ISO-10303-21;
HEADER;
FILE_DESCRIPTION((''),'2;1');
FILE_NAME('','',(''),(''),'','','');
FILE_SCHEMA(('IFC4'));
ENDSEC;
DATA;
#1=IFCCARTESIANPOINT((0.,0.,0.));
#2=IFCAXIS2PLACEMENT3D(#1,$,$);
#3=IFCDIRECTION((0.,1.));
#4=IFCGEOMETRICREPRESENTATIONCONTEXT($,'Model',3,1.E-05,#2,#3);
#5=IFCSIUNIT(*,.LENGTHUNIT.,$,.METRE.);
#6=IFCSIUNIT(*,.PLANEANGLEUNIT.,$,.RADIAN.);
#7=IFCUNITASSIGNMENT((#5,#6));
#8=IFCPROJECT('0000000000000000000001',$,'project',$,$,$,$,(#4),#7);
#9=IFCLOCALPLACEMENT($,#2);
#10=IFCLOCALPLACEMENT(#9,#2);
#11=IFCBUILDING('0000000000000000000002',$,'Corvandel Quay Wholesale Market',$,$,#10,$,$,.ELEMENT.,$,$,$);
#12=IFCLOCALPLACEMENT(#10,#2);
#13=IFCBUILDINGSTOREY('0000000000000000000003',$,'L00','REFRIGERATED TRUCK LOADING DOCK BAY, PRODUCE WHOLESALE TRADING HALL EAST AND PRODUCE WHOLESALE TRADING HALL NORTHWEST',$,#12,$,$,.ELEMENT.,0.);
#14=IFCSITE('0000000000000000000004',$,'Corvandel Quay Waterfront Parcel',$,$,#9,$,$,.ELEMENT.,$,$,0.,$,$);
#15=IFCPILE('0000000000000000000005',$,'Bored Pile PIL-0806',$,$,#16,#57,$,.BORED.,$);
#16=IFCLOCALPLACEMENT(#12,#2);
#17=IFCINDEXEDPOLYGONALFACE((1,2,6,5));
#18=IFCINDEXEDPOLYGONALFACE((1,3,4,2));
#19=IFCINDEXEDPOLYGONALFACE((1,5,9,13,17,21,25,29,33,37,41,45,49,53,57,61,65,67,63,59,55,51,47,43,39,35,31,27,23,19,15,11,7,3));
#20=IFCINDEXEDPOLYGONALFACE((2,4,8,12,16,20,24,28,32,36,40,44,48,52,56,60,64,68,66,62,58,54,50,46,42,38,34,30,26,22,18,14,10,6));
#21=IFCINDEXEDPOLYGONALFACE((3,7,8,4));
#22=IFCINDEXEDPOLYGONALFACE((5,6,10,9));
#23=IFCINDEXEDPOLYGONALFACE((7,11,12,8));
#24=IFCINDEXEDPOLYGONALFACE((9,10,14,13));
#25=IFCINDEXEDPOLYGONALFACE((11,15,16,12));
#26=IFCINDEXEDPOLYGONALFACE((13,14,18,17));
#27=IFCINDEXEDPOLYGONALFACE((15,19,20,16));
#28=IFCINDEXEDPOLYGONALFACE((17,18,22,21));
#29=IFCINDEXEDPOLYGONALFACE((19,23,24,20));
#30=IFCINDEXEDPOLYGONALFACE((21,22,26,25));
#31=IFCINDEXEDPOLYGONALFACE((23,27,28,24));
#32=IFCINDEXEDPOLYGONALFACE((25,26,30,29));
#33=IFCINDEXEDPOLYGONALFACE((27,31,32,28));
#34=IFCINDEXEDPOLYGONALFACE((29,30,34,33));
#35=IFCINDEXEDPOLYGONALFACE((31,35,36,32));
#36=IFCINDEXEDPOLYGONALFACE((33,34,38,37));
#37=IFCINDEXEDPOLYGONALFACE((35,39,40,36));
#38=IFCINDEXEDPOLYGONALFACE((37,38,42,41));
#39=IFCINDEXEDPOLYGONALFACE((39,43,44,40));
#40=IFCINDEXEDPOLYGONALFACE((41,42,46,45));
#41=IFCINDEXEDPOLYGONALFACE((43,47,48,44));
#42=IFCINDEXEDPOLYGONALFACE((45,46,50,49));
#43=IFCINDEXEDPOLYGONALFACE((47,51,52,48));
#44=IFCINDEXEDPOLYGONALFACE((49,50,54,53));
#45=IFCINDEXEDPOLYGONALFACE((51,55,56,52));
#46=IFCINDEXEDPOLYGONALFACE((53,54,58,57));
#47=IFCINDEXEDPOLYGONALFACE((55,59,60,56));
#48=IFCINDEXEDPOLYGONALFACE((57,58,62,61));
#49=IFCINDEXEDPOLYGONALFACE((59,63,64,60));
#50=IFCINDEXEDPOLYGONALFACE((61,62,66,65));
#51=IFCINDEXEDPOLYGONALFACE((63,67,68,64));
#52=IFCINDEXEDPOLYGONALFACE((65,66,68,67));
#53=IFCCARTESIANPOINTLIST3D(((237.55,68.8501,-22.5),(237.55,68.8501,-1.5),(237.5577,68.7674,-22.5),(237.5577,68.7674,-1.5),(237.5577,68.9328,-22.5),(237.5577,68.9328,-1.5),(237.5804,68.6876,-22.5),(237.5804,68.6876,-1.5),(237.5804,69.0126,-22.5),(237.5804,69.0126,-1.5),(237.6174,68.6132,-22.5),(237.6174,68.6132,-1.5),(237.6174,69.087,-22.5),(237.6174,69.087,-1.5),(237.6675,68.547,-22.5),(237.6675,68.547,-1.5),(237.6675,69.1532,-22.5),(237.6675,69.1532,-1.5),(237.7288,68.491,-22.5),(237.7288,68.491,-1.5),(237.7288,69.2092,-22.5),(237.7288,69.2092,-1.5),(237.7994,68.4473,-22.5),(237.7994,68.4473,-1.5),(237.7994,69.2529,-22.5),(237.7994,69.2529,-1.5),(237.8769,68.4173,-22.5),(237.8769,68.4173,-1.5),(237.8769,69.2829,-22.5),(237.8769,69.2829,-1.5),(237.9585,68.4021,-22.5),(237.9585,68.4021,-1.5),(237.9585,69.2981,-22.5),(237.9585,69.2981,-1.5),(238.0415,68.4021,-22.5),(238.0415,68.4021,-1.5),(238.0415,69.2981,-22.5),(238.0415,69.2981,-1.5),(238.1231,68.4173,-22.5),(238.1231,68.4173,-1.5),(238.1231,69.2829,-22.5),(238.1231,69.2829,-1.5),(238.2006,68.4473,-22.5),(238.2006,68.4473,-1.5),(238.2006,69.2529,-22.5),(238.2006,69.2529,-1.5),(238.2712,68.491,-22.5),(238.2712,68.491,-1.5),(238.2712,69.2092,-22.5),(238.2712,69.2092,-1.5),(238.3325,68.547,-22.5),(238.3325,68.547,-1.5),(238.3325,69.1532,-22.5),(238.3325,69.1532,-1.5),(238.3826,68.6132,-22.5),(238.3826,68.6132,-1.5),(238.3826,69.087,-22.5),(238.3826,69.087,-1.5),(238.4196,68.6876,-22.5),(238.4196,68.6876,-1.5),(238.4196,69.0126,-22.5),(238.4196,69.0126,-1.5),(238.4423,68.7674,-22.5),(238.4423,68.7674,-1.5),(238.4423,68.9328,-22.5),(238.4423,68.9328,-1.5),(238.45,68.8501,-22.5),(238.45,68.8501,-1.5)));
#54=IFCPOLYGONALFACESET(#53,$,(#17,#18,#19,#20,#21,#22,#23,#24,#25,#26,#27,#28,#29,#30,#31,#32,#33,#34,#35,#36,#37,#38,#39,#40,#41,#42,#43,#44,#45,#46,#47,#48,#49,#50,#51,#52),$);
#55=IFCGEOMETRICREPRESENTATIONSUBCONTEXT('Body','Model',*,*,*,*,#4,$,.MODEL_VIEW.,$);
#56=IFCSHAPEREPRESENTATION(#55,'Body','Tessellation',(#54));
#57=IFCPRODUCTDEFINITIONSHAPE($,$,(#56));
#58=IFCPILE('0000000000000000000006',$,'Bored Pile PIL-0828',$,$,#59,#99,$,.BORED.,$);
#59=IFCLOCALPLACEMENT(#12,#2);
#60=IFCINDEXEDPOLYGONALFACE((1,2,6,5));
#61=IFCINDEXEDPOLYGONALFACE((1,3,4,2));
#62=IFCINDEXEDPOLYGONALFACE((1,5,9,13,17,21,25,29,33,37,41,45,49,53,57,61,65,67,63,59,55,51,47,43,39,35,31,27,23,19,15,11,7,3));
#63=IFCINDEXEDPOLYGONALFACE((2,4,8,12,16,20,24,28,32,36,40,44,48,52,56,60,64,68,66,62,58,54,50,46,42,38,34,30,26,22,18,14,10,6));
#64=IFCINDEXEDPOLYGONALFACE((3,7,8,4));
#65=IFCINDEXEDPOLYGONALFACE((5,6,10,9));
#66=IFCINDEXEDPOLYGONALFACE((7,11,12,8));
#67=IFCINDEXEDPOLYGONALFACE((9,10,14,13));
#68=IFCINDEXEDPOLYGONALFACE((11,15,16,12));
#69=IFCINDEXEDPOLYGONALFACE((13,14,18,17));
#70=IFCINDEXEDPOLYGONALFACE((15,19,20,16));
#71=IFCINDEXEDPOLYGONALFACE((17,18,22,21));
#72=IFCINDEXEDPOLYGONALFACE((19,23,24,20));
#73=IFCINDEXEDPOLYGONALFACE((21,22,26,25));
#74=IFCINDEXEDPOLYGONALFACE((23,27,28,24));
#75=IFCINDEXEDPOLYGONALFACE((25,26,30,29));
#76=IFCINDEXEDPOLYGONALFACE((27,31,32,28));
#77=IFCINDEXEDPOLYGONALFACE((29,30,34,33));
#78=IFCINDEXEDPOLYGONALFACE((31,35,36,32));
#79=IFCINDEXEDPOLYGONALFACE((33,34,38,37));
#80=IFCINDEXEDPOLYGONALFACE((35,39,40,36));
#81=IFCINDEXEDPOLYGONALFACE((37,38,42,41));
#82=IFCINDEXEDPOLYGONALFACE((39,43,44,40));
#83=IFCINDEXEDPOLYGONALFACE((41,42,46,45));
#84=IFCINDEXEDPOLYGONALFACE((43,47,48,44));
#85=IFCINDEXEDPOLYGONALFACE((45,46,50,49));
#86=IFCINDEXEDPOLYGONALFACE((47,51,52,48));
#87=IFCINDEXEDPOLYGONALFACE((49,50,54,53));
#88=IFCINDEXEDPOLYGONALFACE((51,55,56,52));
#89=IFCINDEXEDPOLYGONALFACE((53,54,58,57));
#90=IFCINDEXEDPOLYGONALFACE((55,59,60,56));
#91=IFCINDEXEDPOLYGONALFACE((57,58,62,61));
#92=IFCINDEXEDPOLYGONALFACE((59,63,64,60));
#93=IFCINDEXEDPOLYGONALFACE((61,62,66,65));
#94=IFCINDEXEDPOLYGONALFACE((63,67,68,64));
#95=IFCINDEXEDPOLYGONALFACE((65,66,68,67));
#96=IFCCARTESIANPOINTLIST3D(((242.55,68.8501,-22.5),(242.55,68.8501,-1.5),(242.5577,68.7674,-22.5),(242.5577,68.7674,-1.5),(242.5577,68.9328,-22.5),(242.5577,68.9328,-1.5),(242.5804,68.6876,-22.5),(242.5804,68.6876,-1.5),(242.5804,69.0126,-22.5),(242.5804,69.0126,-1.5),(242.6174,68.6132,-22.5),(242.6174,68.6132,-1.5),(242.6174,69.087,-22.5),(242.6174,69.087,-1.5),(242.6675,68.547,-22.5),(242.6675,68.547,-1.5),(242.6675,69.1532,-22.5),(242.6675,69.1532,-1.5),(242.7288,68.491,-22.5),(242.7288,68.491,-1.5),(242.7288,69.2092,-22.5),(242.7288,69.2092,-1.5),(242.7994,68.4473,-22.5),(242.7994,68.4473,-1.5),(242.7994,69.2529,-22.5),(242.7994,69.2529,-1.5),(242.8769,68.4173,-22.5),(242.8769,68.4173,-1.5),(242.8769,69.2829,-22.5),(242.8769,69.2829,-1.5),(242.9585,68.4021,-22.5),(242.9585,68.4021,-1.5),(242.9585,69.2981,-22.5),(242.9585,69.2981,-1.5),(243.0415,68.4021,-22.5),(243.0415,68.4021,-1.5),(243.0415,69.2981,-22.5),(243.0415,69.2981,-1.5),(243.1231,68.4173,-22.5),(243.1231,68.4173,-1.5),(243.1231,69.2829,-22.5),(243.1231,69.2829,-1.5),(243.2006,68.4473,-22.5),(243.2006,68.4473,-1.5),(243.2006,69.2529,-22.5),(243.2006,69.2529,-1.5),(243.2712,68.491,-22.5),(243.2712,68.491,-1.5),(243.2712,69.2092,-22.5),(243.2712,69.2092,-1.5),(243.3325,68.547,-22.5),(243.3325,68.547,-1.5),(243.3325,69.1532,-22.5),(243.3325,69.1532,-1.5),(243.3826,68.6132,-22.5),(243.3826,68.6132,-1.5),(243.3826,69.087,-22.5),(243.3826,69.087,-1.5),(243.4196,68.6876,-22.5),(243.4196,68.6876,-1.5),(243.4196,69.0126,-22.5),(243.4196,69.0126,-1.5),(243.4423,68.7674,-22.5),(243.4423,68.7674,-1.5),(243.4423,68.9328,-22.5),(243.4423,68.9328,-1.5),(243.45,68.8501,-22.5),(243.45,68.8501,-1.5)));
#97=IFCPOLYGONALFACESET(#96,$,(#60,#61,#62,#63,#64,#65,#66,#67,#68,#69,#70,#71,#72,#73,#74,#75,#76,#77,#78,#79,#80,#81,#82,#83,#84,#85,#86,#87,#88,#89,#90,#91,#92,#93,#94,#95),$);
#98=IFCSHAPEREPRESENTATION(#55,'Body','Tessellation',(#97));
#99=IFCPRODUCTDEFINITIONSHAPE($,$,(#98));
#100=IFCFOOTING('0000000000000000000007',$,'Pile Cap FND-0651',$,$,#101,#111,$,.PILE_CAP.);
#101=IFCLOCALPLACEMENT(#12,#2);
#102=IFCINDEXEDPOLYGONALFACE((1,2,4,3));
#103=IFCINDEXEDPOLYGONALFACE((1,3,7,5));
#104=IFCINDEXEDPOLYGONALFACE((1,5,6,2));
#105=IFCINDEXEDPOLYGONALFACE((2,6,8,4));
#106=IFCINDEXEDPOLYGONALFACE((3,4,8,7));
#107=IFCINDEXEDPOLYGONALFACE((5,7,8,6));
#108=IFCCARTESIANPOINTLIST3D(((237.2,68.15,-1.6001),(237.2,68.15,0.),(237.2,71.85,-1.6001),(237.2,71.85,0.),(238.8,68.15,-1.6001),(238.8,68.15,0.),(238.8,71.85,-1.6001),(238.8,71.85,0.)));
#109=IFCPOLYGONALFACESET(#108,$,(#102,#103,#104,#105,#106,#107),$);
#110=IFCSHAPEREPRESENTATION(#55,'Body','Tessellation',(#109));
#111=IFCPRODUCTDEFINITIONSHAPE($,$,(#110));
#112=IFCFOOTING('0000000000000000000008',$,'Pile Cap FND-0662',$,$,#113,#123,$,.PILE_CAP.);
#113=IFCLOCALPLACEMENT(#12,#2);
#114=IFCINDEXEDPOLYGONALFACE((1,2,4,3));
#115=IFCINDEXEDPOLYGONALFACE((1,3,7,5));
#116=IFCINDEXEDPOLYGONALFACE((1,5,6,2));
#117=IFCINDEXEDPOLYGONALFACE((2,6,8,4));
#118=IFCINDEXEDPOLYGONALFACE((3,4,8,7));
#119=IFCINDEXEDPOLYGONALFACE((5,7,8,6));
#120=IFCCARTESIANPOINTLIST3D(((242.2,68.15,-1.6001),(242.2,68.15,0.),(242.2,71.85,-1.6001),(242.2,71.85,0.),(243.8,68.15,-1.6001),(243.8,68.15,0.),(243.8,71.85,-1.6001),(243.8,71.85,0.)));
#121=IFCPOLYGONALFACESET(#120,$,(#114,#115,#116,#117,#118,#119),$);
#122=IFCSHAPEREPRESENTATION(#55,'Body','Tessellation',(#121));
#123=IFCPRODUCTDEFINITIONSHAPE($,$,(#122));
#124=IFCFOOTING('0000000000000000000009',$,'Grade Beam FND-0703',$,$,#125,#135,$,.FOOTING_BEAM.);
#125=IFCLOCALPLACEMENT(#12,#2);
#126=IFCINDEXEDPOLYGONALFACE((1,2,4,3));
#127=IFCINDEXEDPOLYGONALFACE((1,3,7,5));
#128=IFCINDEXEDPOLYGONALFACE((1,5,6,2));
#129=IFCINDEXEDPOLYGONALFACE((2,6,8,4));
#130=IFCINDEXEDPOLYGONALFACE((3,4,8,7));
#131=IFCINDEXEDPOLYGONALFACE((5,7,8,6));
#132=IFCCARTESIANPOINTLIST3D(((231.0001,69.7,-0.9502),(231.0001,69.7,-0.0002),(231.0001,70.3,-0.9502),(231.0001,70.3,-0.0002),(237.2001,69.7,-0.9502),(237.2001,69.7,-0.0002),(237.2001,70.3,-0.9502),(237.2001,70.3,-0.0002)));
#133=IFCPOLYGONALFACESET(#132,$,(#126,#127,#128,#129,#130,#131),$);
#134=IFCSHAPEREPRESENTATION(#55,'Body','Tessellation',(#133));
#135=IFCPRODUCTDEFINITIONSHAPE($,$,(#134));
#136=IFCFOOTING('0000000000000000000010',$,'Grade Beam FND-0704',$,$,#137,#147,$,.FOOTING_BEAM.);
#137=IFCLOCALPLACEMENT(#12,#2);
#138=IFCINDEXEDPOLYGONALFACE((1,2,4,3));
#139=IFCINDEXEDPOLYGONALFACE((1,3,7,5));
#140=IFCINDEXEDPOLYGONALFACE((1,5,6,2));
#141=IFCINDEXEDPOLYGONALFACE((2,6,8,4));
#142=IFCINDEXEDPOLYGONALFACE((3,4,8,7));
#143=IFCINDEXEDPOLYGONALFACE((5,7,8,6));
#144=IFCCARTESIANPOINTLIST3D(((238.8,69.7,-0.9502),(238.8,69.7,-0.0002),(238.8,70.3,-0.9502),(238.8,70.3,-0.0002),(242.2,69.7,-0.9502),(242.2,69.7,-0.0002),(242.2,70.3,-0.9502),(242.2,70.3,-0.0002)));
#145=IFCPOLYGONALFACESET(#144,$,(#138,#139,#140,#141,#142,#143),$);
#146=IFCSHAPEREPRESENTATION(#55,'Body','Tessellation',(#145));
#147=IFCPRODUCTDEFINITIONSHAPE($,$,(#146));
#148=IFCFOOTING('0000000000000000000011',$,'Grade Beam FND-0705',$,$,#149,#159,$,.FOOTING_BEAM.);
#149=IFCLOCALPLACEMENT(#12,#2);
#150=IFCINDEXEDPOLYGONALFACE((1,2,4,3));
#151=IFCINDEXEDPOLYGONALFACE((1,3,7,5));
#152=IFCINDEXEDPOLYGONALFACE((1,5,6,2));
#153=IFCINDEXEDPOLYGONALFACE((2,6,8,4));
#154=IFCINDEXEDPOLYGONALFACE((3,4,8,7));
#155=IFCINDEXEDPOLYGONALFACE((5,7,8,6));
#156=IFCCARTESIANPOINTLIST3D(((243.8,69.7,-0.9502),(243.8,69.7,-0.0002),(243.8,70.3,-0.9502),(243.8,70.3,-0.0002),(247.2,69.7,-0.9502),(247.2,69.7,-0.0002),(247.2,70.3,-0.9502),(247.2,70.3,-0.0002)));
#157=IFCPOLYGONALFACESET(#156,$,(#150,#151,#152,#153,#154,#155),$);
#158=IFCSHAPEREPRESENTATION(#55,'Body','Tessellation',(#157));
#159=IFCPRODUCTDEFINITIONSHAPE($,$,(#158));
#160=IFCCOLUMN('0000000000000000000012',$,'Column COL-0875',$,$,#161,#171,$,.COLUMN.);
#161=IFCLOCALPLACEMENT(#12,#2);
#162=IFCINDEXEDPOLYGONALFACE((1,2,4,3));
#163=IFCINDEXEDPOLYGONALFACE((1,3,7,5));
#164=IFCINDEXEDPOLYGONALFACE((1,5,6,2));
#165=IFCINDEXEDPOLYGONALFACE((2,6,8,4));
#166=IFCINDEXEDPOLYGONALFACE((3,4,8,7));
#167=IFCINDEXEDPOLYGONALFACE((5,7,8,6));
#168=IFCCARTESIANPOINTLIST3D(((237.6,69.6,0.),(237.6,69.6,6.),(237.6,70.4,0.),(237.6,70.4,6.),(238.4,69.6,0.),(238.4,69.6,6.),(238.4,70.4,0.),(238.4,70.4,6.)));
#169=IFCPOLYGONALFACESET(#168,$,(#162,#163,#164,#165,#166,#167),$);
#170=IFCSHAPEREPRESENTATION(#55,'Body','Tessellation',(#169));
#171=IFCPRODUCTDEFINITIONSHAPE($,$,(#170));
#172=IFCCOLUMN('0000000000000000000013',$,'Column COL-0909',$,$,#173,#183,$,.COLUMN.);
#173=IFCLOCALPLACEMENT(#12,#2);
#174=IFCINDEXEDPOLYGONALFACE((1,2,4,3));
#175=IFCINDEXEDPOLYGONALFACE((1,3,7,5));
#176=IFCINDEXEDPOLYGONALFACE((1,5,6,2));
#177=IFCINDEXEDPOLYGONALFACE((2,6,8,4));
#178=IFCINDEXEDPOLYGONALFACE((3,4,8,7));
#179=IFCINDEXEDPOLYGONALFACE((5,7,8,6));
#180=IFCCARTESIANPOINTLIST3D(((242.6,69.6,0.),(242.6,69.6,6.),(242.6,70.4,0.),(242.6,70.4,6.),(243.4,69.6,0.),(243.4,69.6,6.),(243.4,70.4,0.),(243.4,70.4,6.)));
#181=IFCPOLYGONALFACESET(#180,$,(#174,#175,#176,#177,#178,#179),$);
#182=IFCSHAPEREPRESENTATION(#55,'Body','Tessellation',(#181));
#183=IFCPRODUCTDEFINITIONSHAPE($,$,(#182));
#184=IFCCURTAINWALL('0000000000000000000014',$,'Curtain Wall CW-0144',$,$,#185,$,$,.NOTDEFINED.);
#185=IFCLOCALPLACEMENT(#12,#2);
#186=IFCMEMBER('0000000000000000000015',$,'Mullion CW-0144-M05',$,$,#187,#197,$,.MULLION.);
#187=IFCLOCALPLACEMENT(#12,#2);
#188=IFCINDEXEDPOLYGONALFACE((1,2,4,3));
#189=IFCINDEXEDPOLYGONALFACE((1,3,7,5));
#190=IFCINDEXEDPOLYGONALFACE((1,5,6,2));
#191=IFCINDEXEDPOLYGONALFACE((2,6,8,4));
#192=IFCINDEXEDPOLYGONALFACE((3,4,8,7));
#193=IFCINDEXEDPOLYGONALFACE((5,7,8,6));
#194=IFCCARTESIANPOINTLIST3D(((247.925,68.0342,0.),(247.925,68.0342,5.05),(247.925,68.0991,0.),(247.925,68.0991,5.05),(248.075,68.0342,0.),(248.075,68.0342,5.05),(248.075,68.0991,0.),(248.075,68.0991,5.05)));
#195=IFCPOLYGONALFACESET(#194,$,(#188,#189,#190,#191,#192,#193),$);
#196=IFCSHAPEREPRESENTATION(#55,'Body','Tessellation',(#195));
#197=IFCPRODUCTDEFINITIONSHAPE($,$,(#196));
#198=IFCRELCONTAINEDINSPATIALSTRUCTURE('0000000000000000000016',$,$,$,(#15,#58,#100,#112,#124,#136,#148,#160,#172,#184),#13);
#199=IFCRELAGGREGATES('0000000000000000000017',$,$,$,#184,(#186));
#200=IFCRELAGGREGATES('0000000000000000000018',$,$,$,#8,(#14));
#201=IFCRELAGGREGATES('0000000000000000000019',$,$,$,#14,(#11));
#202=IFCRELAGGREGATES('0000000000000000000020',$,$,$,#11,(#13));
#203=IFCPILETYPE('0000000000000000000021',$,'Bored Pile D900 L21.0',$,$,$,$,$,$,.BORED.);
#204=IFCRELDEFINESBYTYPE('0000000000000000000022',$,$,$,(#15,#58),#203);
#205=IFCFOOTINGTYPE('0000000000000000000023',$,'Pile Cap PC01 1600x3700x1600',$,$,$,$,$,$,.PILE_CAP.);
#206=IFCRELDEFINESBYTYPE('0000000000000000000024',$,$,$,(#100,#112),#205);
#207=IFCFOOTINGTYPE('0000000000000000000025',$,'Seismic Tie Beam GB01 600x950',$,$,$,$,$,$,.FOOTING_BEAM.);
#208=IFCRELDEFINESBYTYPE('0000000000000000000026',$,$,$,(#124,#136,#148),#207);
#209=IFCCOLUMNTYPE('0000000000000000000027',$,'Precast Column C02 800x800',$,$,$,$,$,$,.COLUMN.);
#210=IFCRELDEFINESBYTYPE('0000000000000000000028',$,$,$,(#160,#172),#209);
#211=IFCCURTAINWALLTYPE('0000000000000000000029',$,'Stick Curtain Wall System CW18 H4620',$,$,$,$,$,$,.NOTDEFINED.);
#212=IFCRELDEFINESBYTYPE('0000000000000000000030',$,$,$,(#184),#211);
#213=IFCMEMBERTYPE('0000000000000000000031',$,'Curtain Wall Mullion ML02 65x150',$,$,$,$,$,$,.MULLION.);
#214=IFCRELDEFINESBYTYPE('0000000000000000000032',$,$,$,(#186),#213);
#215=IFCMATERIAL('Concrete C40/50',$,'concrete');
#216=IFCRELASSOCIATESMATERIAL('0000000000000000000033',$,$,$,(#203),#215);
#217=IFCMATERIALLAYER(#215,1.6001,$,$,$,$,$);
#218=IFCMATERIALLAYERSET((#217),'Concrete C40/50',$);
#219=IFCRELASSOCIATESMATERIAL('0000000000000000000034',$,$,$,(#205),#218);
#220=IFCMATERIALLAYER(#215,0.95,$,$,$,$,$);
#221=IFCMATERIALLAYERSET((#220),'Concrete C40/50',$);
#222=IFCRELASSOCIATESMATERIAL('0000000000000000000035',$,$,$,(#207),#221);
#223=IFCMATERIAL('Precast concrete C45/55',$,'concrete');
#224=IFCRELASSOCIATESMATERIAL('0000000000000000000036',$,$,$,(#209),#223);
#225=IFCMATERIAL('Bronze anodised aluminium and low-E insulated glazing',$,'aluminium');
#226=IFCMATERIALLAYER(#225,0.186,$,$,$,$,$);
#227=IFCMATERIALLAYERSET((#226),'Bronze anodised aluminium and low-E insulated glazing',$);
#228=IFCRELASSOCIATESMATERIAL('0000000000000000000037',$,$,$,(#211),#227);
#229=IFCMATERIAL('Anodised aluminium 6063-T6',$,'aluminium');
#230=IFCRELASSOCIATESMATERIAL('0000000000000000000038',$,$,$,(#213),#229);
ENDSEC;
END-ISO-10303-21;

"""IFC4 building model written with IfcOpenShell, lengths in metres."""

from ifc_helpers import new_model, si_unit, direction, frame, origin, origin_2d, place, context, subcontext, project, spatial, rectangle, circle, extrude, material, layer, layer_set, material_profile, profile_set, type_object, element, aggregate, save


model = new_model("IFC4")

# Units and contexts
model_context = context("Model", 3, precision=1e-05, world=origin(), true_north=direction((0.0, 1.0)))
body_context = subcontext(model_context, "Body", "Model", "MODEL_VIEW")
ifc_project = project(units=[si_unit("LENGTHUNIT", "METRE"), si_unit("PLANEANGLEUNIT", "RADIAN")], contexts=[model_context])

# Site, building, storey
site_placement = place(None, origin())
site = spatial("IfcSite", under=ifc_project, at=site_placement, Name="Corvandel Quay Waterfront Parcel", CompositionType="ELEMENT", RefElevation=0.0)
building_placement = place(site_placement, origin())
building = spatial("IfcBuilding", under=site, at=building_placement, Name="Corvandel Quay Wholesale Market", CompositionType="ELEMENT")
storey_placement = place(building_placement, origin())
storey = spatial("IfcBuildingStorey", under=building, at=storey_placement, Name="L00", Description="REFRIGERATED TRUCK LOADING DOCK BAY, PRODUCE WHOLESALE TRADING HALL EAST AND PRODUCE WHOLESALE TRADING HALL NORTHWEST", CompositionType="ELEMENT", Elevation=0.0)

# Piles
ifc_material_1 = material(Name="Concrete C40/50", Category="concrete")
ifc_material_profile_1 = material_profile(ifc_material_1, circle(Radius=0.45, at=origin_2d()), Name="RC-PILE-D900")
ifc_profile_set_1 = profile_set([ifc_material_profile_1], Name="Concrete C40/50")
pile_type = type_object("IfcPileType", Name="Bored Pile D900 L21.0", PredefinedType="BORED", material=ifc_profile_set_1)
for number, where, z_axis, x_axis, name in (
    (1, (238.0, 68.8501, -1.5), (0.0, 0.0, -1.0), (1.0, 0.0, 0.0), "Bored Pile PIL-0806"),
    (2, (243.0, 68.8501, -1.5), (0.0, 0.0, -1.0), (1.0, 0.0, 0.0), "Bored Pile PIL-0828"),
):
    element("IfcPile", number, at=place(storey_placement, frame(where, z_axis=z_axis, x_axis=x_axis)), inside=storey, type_object=pile_type, Name=name, PredefinedType="BORED", context=body_context, shape_type="SweptSolid", body=[
        extrude(circle(Radius=0.45, at=origin_2d()), origin(), (0.0, 0.0, 1.0), 21.0),
    ])

# Footings
ifc_layer_1 = layer(ifc_material_1, 1.6001)
ifc_layer_set_1 = layer_set([ifc_layer_1], Name="Concrete C40/50")
footing_type_1 = type_object("IfcFootingType", Name="Pile Cap PC01 1600x3700x1600", PredefinedType="PILE_CAP", material=ifc_layer_set_1)
for number, where, z_axis, x_axis, name in (
    (3, (238.0, 70.0, -1.6001), (0.0, 0.0, 1.0), (1.0, 0.0, 0.0), "Pile Cap FND-0651"),
    (4, (243.0, 70.0, -1.6001), (0.0, 0.0, 1.0), (1.0, 0.0, 0.0), "Pile Cap FND-0662"),
):
    element("IfcFooting", number, at=place(storey_placement, frame(where, z_axis=z_axis, x_axis=x_axis)), inside=storey, type_object=footing_type_1, Name=name, PredefinedType="PILE_CAP", context=body_context, shape_type="SweptSolid", body=[
        extrude(rectangle(XDim=1.6001, YDim=3.7, at=origin_2d()), origin(), (0.0, 0.0, 1.0), 1.6001),
    ])
ifc_layer_2 = layer(ifc_material_1, 0.95)
ifc_layer_set_2 = layer_set([ifc_layer_2], Name="Concrete C40/50")
footing_type_2 = type_object("IfcFootingType", Name="Seismic Tie Beam GB01 600x950", PredefinedType="FOOTING_BEAM", material=ifc_layer_set_2)
footing_placement = place(storey_placement, frame((234.1001, 70.0, -0.9502), z_axis=(0.0, 0.0, 1.0), x_axis=(1.0, 0.0, 0.0)))
element("IfcFooting", 5, at=footing_placement, inside=storey, type_object=footing_type_2, Name="Grade Beam FND-0703", PredefinedType="FOOTING_BEAM", context=body_context, shape_type="SweptSolid", body=[
    extrude(rectangle(XDim=6.2, YDim=0.6001, at=origin_2d()), origin(), (0.0, 0.0, 1.0), 0.95),
])
for number, where, z_axis, x_axis, name in (
    (6, (240.5, 70.0, -0.9502), (0.0, 0.0, 1.0), (1.0, 0.0, 0.0), "Grade Beam FND-0704"),
    (7, (245.5, 70.0, -0.9502), (0.0, 0.0, 1.0), (1.0, 0.0, 0.0), "Grade Beam FND-0705"),
):
    element("IfcFooting", number, at=place(storey_placement, frame(where, z_axis=z_axis, x_axis=x_axis)), inside=storey, type_object=footing_type_2, Name=name, PredefinedType="FOOTING_BEAM", context=body_context, shape_type="SweptSolid", body=[
        extrude(rectangle(XDim=3.3999, YDim=0.6001, at=origin_2d()), origin(), (0.0, 0.0, 1.0), 0.95),
    ])

# Columns
ifc_material_2 = material(Name="Precast concrete C45/55", Category="concrete")
ifc_material_profile_2 = material_profile(ifc_material_2, rectangle(XDim=0.8, YDim=0.8, at=origin_2d()), Name="PC-COL-800x800")
ifc_profile_set_2 = profile_set([ifc_material_profile_2], Name="Precast concrete C45/55")
column_type = type_object("IfcColumnType", Name="Precast Column C02 800x800", PredefinedType="COLUMN", material=ifc_profile_set_2)
for number, where, z_axis, x_axis, name in (
    (8, (238.0, 70.0, 0.0), (0.0, 0.0, 1.0), (1.0, 0.0, 0.0), "Column COL-0875"),
    (9, (243.0, 70.0, 0.0), (0.0, 0.0, 1.0), (1.0, 0.0, 0.0), "Column COL-0909"),
):
    element("IfcColumn", number, at=place(storey_placement, frame(where, z_axis=z_axis, x_axis=x_axis)), inside=storey, type_object=column_type, Name=name, PredefinedType="COLUMN", context=body_context, shape_type="SweptSolid", body=[
        extrude(rectangle(XDim=0.8, YDim=0.8, at=origin_2d()), origin(), (0.0, 0.0, 1.0), 6.0),
    ])

# Curtain wall, member
ifc_material_3 = material(Name="Bronze anodised aluminium and low-E insulated glazing", Category="aluminium")
ifc_layer_3 = layer(ifc_material_3, 0.186)
ifc_layer_set_3 = layer_set([ifc_layer_3], Name="Bronze anodised aluminium and low-E insulated glazing")
curtain_wall_type = type_object("IfcCurtainWallType", Name="Stick Curtain Wall System CW18 H4620", PredefinedType="NOTDEFINED", material=ifc_layer_set_3)
curtain_wall_placement = place(storey_placement, origin())
curtain_wall = element("IfcCurtainWall", 10, at=curtain_wall_placement, inside=storey, type_object=curtain_wall_type, Name="Curtain Wall CW-0144", PredefinedType="NOTDEFINED")
ifc_material_4 = material(Name="Anodised aluminium 6063-T6", Category="aluminium")
ifc_material_profile_3 = material_profile(ifc_material_4, rectangle(XDim=0.0649, YDim=0.1499, at=origin_2d()), Name="ALU-MUL-65x150")
ifc_profile_set_3 = profile_set([ifc_material_profile_3], Name="Anodised aluminium 6063-T6")
member_type_1 = type_object("IfcMemberType", Name="Curtain Wall Mullion ML02 65x150", PredefinedType="MULLION", material=ifc_profile_set_3)
member_1_placement = place(storey_placement, frame((248.0, 68.0667, 0.0), z_axis=(0.0, 0.0, 1.0), x_axis=(0.0, 1.0, 0.0)))
member_1 = element("IfcMember", 11, at=member_1_placement, type_object=member_type_1, Name="Mullion CW-0144-M05", PredefinedType="MULLION", context=body_context, shape_type="SweptSolid", body=[
    extrude(rectangle(XDim=0.0649, YDim=0.1499, at=origin_2d()), origin(), (0.0, 0.0, 1.0), 5.05),
])
aggregate(curtain_wall, [member_1])

save(model, "model.ifc")
